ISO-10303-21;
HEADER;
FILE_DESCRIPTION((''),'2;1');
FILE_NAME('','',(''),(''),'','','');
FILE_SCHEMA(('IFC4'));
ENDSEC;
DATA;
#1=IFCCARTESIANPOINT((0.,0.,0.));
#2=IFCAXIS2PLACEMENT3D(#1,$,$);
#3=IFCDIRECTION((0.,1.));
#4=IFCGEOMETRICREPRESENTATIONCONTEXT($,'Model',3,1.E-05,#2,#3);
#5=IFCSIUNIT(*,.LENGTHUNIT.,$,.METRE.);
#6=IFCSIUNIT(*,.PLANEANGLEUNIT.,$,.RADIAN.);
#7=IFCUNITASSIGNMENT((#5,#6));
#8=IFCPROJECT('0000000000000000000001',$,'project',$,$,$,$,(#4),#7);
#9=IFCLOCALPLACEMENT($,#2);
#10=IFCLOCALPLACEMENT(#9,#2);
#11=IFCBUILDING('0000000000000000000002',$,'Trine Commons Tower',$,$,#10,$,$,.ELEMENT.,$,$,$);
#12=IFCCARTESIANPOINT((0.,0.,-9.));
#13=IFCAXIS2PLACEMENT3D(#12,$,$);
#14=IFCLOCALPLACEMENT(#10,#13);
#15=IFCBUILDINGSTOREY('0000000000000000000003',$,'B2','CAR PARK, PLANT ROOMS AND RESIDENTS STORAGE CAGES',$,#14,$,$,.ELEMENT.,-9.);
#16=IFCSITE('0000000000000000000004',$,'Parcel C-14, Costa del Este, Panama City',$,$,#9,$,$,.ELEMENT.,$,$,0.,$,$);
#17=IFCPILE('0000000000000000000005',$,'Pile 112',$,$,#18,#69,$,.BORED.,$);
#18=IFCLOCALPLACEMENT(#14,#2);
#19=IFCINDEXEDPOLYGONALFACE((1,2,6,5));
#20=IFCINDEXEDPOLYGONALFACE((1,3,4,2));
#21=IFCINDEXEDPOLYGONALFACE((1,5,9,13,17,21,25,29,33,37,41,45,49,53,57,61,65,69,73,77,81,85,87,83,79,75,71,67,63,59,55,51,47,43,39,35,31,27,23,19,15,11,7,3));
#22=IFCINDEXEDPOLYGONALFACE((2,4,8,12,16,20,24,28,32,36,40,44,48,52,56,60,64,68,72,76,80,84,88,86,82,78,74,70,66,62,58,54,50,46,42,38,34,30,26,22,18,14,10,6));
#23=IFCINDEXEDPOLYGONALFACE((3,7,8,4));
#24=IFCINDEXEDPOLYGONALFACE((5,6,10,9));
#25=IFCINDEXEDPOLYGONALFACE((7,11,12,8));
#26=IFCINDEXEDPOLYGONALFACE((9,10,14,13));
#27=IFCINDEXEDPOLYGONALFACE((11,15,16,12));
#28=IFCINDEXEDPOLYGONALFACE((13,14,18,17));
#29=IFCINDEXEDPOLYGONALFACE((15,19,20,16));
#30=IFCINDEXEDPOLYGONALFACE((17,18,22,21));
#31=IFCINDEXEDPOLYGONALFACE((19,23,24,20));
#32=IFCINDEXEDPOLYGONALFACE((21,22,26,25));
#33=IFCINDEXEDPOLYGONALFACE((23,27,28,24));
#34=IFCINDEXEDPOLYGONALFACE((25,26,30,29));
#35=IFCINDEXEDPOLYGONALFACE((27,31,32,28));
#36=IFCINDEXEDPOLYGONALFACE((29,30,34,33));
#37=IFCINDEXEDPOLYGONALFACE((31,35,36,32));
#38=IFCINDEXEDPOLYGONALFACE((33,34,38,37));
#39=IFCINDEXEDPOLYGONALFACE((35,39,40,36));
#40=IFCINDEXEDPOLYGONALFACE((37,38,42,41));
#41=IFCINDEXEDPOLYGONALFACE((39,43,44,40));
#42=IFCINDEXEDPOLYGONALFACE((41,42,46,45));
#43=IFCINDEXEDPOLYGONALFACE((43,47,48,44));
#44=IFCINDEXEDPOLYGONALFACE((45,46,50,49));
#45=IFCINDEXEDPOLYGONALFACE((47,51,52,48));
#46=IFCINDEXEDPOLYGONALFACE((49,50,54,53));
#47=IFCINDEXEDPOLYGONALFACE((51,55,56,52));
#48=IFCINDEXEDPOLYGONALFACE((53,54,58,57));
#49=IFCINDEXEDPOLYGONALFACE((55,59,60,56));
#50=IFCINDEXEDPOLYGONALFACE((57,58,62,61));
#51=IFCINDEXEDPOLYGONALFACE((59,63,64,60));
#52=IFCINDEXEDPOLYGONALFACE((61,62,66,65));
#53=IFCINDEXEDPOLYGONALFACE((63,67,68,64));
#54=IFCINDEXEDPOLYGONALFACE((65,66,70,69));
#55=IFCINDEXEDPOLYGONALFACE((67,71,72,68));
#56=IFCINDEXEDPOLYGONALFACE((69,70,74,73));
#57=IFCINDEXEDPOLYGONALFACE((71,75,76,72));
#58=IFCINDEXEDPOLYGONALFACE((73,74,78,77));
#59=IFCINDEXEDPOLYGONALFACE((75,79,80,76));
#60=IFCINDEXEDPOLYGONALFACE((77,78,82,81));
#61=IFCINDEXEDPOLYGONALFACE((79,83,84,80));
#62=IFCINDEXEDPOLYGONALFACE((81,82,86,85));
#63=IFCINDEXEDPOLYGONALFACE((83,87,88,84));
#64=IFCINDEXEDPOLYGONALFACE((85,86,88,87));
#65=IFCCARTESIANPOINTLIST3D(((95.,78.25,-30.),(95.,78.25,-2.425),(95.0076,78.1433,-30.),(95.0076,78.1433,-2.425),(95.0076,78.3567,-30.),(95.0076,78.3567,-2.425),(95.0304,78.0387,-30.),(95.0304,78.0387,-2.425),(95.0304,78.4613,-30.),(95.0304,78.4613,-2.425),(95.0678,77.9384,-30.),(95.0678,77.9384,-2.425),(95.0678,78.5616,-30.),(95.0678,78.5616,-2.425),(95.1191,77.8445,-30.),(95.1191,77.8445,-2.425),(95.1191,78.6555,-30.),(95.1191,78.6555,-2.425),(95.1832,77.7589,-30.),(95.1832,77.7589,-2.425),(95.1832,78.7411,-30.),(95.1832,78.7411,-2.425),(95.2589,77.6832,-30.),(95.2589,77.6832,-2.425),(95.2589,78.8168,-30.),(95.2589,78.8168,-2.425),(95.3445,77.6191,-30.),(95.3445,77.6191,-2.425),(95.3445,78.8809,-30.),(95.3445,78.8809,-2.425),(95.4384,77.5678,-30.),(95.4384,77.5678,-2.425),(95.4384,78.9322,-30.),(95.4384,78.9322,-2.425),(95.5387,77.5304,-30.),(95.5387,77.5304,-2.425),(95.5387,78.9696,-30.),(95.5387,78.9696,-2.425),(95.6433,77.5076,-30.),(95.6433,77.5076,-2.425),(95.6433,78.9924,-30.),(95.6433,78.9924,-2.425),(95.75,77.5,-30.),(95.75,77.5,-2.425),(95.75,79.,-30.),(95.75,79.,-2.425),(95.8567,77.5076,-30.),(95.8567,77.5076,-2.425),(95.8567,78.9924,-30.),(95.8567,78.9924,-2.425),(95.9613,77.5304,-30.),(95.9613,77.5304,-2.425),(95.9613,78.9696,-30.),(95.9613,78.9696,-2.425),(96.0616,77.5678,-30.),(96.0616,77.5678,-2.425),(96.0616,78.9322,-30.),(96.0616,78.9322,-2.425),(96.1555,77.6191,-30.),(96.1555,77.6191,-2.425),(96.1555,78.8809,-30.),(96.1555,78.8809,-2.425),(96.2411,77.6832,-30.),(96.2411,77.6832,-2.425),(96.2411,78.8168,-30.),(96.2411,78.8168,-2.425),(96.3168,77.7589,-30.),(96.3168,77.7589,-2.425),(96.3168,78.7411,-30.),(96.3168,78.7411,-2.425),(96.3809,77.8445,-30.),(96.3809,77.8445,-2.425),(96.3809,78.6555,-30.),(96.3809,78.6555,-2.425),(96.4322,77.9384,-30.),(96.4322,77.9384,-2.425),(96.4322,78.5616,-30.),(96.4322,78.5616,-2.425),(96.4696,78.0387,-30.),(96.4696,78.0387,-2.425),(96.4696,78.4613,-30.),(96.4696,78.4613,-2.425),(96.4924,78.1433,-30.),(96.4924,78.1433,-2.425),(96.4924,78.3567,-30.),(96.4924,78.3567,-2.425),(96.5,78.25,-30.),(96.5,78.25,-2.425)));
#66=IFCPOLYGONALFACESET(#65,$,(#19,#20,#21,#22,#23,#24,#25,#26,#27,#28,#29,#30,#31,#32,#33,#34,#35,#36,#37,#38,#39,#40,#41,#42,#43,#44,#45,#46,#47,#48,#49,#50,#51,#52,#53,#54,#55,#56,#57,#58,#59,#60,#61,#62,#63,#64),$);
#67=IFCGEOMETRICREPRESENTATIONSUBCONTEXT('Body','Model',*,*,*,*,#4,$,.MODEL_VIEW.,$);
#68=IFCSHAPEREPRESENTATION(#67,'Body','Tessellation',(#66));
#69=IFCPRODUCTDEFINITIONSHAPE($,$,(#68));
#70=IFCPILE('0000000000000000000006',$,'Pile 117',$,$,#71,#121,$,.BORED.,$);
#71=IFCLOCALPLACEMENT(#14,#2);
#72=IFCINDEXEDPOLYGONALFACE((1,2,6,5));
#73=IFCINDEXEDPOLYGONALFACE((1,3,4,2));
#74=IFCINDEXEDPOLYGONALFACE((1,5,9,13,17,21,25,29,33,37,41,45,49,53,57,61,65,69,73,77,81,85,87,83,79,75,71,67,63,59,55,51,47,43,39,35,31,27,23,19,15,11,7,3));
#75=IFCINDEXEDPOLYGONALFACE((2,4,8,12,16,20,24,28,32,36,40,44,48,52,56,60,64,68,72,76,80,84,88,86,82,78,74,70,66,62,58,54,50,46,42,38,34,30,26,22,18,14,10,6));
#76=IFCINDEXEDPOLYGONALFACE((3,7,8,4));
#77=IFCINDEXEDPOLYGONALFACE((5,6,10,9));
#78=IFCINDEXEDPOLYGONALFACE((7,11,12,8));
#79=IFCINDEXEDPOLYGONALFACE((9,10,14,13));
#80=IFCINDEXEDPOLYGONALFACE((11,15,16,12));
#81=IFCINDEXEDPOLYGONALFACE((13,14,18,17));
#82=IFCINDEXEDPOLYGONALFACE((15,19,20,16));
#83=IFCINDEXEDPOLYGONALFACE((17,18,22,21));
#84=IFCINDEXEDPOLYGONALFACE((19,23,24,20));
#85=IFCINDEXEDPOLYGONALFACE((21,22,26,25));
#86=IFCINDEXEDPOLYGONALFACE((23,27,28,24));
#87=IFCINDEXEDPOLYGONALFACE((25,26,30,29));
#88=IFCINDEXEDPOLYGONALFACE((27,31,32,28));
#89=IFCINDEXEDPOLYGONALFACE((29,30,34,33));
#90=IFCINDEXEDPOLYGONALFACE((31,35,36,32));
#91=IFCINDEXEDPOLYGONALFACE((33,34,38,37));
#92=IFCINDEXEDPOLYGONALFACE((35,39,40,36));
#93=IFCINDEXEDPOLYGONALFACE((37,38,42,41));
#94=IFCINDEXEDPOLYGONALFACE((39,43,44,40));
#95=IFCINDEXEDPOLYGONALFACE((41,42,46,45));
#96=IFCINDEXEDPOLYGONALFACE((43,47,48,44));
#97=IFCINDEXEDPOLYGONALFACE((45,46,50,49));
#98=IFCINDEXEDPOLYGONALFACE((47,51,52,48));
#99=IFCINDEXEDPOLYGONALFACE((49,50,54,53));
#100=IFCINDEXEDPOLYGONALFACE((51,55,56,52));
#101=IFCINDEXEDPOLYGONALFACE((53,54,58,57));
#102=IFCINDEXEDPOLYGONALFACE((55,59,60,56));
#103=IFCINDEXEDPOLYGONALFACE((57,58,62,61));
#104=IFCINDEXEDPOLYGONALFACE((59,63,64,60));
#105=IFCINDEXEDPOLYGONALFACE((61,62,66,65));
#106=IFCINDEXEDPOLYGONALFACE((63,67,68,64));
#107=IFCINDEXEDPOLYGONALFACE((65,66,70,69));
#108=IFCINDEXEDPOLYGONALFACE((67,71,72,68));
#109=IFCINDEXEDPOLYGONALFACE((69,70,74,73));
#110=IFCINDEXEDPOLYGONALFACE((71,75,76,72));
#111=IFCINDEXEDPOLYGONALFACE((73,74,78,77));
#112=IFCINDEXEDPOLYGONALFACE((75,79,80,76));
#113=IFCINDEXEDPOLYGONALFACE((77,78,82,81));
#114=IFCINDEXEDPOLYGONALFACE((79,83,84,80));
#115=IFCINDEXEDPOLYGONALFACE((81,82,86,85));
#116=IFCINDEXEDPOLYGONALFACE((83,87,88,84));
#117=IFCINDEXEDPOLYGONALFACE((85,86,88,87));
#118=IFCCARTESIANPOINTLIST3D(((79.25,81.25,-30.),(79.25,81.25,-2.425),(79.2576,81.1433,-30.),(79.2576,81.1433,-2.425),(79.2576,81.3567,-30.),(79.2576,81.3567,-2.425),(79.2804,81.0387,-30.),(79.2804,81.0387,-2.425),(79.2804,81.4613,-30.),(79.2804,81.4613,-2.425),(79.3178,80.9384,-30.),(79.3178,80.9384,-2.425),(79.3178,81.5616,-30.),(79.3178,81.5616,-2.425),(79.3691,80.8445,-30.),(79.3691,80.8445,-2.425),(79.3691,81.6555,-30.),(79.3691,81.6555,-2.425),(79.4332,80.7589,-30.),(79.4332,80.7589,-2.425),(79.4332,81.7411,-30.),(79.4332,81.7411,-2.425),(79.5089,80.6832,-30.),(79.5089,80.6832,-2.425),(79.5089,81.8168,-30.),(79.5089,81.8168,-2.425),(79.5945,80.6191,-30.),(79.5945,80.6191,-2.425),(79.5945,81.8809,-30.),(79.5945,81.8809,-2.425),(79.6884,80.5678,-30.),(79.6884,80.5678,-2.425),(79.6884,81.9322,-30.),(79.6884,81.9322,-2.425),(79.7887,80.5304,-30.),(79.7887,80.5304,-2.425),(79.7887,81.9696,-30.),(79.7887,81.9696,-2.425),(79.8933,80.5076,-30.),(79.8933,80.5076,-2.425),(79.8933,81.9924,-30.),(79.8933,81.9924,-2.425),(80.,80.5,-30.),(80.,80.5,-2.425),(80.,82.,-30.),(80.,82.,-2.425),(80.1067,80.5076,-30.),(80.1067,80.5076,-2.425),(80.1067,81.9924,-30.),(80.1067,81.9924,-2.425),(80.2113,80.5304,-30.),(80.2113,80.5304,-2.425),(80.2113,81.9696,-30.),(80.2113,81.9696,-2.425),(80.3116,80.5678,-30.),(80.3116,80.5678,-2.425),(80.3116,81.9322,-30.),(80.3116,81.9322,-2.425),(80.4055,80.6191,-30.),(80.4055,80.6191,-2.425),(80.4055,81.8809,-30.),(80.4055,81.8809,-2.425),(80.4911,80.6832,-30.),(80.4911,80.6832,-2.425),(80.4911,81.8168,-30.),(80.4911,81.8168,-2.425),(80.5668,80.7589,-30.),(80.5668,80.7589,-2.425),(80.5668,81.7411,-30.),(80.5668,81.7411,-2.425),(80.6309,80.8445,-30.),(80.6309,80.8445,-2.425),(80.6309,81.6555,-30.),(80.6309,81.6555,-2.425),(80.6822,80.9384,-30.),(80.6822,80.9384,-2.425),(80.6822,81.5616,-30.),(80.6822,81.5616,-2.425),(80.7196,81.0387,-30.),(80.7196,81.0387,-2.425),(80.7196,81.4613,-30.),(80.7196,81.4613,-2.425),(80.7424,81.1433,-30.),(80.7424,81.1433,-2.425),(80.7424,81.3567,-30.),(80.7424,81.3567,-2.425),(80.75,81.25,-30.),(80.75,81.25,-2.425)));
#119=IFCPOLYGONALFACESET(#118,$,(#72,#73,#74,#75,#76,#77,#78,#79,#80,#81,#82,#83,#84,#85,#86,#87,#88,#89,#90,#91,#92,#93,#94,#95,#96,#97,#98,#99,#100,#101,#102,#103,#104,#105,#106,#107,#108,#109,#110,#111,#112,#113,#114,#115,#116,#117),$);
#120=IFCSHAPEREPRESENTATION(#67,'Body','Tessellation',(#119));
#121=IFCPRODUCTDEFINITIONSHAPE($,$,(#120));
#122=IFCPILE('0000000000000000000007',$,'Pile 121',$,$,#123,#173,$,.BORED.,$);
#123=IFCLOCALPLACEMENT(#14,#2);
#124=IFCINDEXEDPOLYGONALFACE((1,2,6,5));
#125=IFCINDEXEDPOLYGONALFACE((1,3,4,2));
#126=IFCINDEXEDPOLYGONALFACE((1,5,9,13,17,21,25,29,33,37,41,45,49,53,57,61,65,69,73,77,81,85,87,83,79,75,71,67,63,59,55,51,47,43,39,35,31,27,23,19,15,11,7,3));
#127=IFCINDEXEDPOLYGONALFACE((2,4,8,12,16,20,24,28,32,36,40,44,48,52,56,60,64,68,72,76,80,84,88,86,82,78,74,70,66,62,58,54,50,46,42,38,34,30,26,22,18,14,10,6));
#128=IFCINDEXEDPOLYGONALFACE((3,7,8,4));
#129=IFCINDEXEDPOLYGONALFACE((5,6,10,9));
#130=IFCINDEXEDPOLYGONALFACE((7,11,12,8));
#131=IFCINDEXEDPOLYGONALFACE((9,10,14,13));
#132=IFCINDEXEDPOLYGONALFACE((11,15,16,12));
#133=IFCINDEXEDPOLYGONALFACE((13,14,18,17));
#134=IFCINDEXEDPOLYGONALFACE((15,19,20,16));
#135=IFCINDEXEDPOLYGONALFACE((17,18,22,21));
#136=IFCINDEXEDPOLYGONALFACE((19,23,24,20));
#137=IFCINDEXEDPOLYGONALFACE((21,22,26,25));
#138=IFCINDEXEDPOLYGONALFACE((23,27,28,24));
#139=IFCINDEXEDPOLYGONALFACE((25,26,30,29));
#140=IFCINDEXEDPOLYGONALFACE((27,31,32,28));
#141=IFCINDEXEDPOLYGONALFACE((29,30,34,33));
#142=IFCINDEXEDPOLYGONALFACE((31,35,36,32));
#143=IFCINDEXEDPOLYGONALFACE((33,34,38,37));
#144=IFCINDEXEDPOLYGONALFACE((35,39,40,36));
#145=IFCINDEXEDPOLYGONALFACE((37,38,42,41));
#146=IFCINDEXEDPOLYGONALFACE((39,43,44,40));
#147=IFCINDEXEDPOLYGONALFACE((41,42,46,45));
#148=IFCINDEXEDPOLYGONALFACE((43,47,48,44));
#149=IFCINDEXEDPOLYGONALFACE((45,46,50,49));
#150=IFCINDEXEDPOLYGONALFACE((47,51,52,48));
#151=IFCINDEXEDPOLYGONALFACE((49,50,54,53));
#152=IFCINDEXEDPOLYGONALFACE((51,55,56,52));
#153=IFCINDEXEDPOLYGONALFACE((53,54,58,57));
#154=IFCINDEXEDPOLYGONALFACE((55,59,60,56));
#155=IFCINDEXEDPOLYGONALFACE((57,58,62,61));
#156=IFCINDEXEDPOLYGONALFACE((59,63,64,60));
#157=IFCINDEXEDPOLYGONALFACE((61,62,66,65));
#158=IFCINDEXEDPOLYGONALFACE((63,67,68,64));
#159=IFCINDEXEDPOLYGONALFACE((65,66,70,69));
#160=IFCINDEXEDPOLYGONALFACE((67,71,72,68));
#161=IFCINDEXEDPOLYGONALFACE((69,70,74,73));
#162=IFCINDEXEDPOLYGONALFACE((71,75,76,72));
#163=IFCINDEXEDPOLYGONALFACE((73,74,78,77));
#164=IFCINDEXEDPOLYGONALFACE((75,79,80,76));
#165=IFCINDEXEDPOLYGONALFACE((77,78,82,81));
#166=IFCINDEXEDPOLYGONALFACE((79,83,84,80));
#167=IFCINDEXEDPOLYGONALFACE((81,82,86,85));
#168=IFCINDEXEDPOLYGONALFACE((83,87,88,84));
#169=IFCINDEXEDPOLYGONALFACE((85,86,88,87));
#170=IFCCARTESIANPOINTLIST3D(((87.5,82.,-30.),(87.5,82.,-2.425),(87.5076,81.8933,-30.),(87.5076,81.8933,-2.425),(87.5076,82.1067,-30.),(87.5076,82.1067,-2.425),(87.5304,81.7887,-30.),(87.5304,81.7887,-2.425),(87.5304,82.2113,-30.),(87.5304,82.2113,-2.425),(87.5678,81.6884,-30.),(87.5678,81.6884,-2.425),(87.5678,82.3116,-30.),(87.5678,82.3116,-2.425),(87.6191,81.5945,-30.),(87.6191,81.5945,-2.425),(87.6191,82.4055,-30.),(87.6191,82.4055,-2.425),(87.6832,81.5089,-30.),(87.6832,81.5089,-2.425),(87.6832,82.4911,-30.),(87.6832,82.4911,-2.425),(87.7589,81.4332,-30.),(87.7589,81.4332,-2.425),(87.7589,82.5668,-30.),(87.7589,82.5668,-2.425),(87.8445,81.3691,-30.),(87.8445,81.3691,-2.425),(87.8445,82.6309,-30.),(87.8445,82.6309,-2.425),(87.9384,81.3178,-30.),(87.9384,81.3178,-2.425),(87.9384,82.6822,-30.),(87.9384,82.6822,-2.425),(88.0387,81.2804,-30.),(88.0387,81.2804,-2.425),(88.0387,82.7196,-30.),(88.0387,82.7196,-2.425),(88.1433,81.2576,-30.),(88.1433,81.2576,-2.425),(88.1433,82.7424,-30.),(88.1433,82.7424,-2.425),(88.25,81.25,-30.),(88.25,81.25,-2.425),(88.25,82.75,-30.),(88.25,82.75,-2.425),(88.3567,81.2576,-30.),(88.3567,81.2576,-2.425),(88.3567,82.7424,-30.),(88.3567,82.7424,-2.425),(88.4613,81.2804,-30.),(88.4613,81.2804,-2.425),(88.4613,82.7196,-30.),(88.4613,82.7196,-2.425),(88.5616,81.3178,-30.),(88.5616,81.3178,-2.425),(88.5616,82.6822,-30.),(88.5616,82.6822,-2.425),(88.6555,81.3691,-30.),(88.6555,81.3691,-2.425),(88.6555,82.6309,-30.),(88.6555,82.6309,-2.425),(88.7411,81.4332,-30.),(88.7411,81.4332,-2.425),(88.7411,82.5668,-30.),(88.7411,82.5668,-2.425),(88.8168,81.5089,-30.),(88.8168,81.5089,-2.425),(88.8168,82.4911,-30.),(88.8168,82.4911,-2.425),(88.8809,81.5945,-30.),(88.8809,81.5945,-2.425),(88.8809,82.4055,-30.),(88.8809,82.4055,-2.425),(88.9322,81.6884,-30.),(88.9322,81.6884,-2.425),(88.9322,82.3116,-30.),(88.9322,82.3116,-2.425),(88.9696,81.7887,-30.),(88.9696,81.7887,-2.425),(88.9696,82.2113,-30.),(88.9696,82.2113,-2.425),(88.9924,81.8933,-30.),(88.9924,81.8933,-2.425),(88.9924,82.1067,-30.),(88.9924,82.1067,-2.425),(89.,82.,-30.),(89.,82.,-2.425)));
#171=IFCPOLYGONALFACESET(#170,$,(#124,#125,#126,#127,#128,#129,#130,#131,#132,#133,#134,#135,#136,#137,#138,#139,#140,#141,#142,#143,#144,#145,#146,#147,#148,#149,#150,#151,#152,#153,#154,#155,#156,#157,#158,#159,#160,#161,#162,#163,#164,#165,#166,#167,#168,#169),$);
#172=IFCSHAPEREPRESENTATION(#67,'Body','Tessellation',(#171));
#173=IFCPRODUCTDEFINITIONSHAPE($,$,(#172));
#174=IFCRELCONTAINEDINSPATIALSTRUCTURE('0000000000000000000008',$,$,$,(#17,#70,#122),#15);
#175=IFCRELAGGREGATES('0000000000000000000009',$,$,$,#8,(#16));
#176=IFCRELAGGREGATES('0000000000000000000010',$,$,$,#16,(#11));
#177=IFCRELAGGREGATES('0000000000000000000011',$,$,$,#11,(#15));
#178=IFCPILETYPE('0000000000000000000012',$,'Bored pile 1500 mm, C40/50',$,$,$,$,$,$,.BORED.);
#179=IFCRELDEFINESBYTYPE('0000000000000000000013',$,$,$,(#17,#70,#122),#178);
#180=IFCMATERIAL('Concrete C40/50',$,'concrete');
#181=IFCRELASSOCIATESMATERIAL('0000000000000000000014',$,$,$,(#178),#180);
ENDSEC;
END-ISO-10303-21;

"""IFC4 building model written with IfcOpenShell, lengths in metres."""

from ifc_helpers import new_model, si_unit, direction, frame, origin, origin_2d, place, context, subcontext, project, spatial, circle, extrude, material, type_object, element, save


model = new_model("IFC4")

# Units and contexts
model_context = context("Model", 3, precision=1e-05, world=origin(), true_north=direction((0.0, 1.0)))
body_context = subcontext(model_context, "Body", "Model", "MODEL_VIEW")
ifc_project = project(units=[si_unit("LENGTHUNIT", "METRE"), si_unit("PLANEANGLEUNIT", "RADIAN")], contexts=[model_context])

# Site, building, storey
site_placement = place(None, origin())
site = spatial("IfcSite", under=ifc_project, at=site_placement, Name="Parcel C-14, Costa del Este, Panama City", CompositionType="ELEMENT", RefElevation=0.0)
building_placement = place(site_placement, origin())
building = spatial("IfcBuilding", under=site, at=building_placement, Name="Trine Commons Tower", CompositionType="ELEMENT")
storey_placement = place(building_placement, frame((0.0, 0.0, -9.0)))
storey = spatial("IfcBuildingStorey", under=building, at=storey_placement, Name="B2", Description="CAR PARK, PLANT ROOMS AND RESIDENTS STORAGE CAGES", CompositionType="ELEMENT", Elevation=-9.0)

# Piles
ifc_material_1 = material(Name="Concrete C40/50", Category="concrete")
pile_type_1 = type_object("IfcPileType", Name="Bored pile 1500 mm, C40/50", PredefinedType="BORED", material=ifc_material_1)
for number, where, z_axis, x_axis, name in (
    (1, (95.75, 78.25, -2.425), (0.0, 0.0, -1.0), (1.0, 0.0, 0.0), "Pile 112"),
    (2, (80.0, 81.25, -2.425), (0.0, 0.0, -1.0), (1.0, 0.0, 0.0), "Pile 117"),
    (3, (88.25, 82.0, -2.425), (0.0, 0.0, -1.0), (1.0, 0.0, 0.0), "Pile 121"),
):
    element("IfcPile", number, at=place(storey_placement, frame(where, z_axis=z_axis, x_axis=x_axis)), inside=storey, type_object=pile_type_1, Name=name, PredefinedType="BORED", context=body_context, shape_type="SweptSolid", body=[
        extrude(circle(Radius=0.75, at=origin_2d()), origin(), (0.0, 0.0, 1.0), 27.575),
    ])

save(model, "model.ifc")
